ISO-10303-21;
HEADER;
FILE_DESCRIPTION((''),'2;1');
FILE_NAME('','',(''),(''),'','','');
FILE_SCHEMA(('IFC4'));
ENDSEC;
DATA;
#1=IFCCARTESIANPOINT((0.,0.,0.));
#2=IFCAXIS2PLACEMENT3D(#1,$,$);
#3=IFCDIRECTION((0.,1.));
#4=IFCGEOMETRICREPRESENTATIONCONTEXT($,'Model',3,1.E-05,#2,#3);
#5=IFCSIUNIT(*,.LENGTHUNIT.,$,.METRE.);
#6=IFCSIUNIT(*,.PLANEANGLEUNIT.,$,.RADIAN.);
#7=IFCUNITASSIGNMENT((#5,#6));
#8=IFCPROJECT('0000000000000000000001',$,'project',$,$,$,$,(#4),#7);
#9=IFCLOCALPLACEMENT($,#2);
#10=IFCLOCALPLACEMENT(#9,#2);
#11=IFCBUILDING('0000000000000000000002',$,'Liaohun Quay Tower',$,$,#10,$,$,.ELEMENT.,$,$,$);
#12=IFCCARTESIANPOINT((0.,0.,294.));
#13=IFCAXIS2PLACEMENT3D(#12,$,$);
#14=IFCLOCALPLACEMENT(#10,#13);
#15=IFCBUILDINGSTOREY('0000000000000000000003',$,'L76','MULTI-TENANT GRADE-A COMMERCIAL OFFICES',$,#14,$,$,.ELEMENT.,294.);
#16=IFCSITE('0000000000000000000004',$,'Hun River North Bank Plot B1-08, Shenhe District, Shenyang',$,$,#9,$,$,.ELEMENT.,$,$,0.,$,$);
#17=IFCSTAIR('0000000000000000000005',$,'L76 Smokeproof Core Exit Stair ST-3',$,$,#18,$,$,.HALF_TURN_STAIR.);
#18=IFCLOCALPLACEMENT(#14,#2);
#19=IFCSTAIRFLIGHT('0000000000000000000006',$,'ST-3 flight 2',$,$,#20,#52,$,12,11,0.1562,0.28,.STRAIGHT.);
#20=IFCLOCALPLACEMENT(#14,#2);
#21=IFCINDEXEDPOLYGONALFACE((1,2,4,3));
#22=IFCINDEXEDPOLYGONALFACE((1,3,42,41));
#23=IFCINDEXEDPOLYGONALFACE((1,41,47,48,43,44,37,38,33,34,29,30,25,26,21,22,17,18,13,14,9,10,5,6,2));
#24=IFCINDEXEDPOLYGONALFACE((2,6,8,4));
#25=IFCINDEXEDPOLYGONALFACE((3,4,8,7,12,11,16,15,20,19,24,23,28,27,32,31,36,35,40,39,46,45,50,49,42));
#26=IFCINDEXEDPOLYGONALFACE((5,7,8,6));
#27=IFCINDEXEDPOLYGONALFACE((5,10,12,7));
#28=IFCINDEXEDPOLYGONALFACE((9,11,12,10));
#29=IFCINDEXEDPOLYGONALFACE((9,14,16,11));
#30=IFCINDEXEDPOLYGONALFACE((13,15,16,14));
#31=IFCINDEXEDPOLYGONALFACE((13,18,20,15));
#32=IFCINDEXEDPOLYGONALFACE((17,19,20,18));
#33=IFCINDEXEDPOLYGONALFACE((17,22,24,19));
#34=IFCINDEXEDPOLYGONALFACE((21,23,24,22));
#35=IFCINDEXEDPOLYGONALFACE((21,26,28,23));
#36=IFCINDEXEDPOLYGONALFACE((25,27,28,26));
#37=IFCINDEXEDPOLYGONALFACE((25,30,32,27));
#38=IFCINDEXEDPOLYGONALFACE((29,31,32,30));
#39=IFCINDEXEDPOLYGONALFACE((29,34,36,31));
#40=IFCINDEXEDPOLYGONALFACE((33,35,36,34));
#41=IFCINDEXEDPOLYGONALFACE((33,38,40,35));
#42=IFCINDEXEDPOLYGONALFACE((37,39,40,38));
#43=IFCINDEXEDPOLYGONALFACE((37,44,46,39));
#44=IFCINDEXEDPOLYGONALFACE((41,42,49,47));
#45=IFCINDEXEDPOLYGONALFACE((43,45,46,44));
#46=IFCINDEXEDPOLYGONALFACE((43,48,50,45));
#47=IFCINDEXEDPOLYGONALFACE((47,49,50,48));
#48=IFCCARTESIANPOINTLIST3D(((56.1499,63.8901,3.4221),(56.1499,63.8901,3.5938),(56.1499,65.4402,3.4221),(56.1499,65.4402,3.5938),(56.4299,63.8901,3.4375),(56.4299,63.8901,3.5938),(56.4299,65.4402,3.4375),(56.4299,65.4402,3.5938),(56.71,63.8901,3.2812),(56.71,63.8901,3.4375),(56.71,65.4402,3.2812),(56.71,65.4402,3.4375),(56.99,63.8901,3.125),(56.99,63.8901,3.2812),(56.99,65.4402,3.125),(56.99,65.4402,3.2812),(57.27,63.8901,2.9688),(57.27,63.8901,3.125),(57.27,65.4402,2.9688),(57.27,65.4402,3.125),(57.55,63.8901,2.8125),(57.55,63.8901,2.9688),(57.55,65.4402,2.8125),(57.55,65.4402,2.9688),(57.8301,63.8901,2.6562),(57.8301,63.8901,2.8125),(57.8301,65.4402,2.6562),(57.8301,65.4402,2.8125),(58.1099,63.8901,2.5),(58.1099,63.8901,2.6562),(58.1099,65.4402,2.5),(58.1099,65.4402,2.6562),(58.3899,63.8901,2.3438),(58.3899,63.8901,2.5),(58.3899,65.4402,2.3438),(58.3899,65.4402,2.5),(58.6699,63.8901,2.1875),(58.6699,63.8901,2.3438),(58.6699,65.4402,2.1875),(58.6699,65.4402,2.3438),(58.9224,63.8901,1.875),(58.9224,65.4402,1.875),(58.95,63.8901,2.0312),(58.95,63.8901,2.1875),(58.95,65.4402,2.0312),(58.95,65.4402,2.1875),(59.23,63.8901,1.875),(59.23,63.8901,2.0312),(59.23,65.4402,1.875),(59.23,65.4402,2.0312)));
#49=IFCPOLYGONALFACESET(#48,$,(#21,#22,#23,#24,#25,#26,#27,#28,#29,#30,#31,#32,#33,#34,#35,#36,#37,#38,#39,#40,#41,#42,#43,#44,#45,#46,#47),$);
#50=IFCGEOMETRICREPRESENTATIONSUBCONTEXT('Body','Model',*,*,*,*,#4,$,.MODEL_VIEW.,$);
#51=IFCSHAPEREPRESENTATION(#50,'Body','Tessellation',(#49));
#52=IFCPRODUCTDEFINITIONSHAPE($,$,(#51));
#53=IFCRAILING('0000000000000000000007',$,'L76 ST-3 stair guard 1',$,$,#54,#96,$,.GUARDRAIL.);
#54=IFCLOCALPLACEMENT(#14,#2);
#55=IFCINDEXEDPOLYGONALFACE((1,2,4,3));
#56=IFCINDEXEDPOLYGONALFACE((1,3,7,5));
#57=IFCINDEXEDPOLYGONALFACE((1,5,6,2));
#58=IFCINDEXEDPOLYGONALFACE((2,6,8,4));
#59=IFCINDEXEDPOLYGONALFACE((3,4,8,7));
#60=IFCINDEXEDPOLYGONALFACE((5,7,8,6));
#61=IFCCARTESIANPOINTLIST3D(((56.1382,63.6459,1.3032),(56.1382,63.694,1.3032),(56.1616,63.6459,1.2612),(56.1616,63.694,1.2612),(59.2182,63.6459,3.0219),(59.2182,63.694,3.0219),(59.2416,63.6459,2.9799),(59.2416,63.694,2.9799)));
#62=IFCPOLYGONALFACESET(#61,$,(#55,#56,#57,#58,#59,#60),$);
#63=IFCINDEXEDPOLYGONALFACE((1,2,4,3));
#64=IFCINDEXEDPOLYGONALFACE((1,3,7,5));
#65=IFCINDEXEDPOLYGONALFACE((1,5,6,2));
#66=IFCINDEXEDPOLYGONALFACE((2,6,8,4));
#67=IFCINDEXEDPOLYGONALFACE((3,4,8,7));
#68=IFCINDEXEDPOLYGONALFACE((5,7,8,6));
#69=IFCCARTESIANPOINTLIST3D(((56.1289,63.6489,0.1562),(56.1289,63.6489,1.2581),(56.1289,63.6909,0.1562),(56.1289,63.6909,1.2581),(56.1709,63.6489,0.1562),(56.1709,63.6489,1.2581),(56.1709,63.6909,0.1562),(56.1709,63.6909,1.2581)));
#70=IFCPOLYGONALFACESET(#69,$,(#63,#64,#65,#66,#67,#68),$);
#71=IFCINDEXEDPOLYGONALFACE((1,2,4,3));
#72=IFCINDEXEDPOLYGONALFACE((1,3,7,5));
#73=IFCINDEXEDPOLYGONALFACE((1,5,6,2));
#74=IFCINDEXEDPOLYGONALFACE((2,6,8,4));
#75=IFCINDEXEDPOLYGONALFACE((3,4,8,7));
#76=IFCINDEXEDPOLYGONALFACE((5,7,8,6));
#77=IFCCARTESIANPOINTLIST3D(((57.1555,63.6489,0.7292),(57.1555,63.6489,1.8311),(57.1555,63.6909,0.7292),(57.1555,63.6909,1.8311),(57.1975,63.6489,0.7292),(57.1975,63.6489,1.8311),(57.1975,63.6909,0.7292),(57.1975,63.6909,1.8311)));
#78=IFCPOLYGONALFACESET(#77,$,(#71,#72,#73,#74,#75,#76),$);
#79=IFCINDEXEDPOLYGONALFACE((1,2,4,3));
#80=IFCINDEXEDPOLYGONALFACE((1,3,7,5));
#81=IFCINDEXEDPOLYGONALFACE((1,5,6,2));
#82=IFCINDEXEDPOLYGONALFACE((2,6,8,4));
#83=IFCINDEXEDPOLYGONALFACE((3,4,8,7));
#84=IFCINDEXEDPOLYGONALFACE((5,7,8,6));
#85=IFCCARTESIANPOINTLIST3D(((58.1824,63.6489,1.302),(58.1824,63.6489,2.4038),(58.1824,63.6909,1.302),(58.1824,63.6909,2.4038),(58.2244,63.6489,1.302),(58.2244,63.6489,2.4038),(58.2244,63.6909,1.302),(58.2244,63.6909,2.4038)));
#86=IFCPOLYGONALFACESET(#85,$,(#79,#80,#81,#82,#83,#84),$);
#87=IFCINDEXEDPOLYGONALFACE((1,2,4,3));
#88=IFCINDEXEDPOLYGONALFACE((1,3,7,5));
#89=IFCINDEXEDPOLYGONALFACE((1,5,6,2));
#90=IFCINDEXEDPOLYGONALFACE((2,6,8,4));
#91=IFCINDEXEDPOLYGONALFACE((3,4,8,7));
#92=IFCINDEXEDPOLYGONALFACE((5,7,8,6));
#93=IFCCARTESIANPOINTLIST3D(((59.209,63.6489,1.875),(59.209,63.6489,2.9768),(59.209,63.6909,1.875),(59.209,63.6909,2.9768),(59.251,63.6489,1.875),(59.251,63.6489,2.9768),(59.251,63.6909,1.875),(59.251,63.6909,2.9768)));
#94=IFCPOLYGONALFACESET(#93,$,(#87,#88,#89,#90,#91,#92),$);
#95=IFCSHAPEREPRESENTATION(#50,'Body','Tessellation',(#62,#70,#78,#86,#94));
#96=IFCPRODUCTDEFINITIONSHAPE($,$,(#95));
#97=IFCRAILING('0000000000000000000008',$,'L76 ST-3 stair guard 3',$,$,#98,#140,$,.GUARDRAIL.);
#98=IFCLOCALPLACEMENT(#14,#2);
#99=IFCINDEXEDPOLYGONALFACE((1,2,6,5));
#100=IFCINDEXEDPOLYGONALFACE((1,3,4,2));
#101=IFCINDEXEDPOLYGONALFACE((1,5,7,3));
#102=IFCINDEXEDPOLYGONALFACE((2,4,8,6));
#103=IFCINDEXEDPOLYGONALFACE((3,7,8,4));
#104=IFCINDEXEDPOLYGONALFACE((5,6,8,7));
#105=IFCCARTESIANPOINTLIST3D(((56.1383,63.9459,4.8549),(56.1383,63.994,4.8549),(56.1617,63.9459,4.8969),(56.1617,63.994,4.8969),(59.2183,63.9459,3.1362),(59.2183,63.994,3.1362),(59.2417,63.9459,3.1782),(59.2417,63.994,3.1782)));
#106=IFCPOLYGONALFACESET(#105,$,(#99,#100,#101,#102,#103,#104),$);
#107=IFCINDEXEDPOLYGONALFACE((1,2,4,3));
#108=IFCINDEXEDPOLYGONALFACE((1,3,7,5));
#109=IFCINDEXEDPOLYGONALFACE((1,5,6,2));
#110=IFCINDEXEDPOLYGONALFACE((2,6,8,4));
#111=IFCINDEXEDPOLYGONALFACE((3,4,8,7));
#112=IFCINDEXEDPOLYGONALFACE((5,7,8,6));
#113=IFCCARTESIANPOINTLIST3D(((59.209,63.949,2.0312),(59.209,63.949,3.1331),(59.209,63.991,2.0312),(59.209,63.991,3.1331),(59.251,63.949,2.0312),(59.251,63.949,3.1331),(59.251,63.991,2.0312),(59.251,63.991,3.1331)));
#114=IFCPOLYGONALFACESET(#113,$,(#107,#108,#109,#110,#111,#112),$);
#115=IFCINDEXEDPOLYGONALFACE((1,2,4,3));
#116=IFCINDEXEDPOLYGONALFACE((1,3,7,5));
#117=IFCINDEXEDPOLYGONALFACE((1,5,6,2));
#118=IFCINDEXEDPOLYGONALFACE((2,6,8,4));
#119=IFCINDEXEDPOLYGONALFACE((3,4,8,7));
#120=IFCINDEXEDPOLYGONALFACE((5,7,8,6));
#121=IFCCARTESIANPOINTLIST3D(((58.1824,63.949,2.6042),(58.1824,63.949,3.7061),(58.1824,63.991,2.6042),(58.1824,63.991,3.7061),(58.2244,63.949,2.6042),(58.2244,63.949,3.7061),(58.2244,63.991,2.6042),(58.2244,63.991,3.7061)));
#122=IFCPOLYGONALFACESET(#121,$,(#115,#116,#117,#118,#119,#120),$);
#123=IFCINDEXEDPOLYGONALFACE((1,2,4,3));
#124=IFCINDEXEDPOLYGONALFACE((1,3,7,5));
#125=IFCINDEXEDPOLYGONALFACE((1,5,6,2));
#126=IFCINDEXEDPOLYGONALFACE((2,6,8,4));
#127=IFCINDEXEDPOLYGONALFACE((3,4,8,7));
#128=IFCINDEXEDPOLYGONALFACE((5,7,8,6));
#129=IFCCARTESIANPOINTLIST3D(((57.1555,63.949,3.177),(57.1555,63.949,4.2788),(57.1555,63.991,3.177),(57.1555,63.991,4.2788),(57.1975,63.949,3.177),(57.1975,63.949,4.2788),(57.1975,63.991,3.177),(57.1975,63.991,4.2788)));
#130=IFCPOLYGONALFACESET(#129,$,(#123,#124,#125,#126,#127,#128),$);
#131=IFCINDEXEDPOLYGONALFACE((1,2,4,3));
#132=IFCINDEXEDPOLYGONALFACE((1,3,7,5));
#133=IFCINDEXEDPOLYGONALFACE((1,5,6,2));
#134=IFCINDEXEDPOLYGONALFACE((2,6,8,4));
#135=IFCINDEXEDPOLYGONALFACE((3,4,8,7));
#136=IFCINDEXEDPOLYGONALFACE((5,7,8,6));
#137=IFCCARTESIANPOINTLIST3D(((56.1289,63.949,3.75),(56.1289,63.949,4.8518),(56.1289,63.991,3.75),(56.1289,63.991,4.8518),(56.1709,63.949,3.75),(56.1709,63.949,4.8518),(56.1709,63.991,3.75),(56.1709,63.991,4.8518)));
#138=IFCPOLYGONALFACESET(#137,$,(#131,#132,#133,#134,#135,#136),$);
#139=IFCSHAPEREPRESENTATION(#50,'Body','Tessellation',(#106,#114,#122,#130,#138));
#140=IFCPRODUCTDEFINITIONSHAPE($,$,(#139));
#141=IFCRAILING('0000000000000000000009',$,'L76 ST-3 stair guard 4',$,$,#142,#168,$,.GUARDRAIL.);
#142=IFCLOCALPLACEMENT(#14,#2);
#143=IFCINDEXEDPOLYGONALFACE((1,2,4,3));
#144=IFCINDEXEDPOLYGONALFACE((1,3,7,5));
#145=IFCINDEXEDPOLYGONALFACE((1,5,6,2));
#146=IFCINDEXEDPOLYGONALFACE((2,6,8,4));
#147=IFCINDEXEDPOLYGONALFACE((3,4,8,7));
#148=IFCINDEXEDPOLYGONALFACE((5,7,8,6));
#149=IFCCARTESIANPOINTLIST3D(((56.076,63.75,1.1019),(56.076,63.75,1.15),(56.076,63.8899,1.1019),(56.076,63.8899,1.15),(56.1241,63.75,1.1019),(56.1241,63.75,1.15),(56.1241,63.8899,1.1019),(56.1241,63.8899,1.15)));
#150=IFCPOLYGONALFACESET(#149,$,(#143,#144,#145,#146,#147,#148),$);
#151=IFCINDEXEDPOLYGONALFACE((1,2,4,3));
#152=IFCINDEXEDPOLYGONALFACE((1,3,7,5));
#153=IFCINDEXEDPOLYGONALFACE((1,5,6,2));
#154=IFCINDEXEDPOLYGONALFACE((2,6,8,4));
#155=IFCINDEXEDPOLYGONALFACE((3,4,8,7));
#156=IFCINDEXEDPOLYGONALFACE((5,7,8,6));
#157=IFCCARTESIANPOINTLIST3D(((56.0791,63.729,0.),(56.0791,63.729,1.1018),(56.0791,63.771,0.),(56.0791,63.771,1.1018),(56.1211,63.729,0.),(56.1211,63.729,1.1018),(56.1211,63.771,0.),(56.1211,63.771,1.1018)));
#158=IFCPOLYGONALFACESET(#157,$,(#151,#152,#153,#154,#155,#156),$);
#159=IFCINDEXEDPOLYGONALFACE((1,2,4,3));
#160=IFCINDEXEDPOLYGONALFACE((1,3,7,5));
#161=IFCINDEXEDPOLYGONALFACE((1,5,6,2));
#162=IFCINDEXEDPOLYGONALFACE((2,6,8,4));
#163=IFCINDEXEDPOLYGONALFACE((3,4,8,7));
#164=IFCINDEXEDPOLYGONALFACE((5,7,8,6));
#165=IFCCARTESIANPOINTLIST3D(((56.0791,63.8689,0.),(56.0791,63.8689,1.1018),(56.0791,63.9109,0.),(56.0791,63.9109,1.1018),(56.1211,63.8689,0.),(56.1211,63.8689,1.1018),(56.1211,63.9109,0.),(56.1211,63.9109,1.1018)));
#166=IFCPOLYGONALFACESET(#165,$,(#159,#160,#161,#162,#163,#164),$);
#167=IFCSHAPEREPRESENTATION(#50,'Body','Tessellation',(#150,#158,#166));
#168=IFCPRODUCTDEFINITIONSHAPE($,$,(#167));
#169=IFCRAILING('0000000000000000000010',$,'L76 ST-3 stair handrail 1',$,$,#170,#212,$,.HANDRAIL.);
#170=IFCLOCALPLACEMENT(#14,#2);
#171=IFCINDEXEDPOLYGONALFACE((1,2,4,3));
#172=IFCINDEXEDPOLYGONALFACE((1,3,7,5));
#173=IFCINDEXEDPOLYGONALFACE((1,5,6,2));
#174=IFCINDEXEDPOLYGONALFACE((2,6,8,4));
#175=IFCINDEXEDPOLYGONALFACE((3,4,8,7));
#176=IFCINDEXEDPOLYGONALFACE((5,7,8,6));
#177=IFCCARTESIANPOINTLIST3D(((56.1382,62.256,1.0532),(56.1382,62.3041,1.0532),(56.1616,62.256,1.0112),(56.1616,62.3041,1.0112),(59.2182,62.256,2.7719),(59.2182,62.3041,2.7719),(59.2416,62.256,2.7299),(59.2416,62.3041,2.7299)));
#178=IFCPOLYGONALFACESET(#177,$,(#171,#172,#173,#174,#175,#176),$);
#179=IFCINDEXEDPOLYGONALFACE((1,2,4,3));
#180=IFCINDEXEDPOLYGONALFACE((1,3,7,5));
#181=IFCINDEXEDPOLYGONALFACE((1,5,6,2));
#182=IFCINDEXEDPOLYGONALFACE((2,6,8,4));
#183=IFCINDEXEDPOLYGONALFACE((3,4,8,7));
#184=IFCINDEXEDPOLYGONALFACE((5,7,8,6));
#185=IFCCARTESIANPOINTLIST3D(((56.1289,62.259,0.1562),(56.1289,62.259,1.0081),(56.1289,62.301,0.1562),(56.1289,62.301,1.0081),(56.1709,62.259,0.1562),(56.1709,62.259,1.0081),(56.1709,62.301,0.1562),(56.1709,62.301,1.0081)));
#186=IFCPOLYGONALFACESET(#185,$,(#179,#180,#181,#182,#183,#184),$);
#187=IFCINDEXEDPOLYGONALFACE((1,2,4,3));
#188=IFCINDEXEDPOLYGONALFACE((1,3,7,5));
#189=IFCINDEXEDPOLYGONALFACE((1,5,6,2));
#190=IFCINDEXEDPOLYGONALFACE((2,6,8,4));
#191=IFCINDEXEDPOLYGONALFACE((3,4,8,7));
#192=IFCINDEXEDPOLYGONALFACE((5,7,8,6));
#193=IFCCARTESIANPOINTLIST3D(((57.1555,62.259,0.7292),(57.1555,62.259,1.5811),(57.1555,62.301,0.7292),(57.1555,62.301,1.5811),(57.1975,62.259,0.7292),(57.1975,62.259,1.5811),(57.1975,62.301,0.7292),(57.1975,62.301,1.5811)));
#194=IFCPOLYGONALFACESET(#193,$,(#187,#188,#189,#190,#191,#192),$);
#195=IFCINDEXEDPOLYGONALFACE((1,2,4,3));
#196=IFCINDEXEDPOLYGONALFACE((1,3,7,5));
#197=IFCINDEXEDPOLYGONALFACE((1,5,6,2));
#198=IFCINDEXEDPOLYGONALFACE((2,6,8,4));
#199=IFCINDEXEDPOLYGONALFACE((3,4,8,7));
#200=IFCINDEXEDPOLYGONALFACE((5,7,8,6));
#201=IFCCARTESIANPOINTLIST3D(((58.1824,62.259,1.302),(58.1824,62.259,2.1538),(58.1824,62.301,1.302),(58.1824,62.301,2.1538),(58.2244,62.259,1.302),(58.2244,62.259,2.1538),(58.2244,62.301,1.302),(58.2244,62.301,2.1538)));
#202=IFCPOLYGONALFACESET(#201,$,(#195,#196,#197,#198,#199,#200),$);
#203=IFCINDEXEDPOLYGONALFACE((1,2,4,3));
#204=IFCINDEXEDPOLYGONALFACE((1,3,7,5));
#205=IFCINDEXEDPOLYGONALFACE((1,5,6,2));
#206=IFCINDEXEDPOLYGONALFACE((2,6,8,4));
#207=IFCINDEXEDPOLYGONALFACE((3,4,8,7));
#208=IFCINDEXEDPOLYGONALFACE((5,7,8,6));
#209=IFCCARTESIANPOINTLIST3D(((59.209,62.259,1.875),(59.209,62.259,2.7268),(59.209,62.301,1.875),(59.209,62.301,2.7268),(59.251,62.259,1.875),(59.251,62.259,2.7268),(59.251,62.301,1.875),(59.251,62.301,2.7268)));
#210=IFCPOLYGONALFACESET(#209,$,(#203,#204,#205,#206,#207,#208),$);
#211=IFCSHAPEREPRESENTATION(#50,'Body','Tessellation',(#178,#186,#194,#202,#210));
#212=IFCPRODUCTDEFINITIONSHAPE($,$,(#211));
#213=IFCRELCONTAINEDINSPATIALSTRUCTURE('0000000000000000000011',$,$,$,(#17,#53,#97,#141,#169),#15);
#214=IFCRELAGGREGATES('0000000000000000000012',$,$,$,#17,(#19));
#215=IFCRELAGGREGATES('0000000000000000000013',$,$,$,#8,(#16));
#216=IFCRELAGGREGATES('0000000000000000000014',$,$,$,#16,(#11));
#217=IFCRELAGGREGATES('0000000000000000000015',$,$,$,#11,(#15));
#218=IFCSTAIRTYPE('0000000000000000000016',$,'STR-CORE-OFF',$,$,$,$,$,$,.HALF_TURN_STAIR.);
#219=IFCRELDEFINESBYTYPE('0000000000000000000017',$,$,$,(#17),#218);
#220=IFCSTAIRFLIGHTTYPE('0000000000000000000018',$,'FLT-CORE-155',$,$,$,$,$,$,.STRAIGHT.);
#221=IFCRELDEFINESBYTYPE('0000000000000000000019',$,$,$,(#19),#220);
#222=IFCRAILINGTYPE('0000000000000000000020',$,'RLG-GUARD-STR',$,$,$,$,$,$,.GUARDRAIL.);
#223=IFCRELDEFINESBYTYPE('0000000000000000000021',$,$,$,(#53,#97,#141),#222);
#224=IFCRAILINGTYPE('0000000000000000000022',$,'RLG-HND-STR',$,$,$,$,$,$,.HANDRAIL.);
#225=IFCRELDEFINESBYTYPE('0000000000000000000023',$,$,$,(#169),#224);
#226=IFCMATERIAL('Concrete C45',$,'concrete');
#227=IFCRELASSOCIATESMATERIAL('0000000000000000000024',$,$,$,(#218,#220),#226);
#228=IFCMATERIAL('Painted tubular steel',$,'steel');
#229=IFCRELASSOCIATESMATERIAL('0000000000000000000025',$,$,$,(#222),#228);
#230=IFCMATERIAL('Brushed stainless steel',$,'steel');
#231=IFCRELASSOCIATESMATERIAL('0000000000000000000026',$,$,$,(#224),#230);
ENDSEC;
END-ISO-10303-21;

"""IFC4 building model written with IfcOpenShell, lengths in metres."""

from ifc_helpers import new_model, si_unit, direction, frame, origin, origin_2d, place, context, subcontext, project, spatial, polyline, rectangle, outline, extrude, material, type_object, element, aggregate, save


model = new_model("IFC4")

# Units and contexts
model_context = context("Model", 3, precision=1e-05, world=origin(), true_north=direction((0.0, 1.0)))
body_context = subcontext(model_context, "Body", "Model", "MODEL_VIEW")
ifc_project = project(units=[si_unit("LENGTHUNIT", "METRE"), si_unit("PLANEANGLEUNIT", "RADIAN")], contexts=[model_context])

# Site, building, storey
site_placement = place(None, origin())
site = spatial("IfcSite", under=ifc_project, at=site_placement, Name="Hun River North Bank Plot B1-08, Shenhe District, Shenyang", CompositionType="ELEMENT", RefElevation=0.0)
building_placement = place(site_placement, origin())
building = spatial("IfcBuilding", under=site, at=building_placement, Name="Liaohun Quay Tower", CompositionType="ELEMENT")
storey_placement = place(building_placement, frame((0.0, 0.0, 294.0)))
storey = spatial("IfcBuildingStorey", under=building, at=storey_placement, Name="L76", Description="MULTI-TENANT GRADE-A COMMERCIAL OFFICES", CompositionType="ELEMENT", Elevation=294.0)

# Stair, stair flight
ifc_material_1 = material(Name="Concrete C45", Category="concrete")
stair_type = type_object("IfcStairType", Name="STR-CORE-OFF", PredefinedType="HALF_TURN_STAIR", material=ifc_material_1)
stair_placement = place(storey_placement, origin())
stair = element("IfcStair", 1, at=stair_placement, inside=storey, type_object=stair_type, Name="L76 Smokeproof Core Exit Stair ST-3", PredefinedType="HALF_TURN_STAIR")
stair_flight_type = type_object("IfcStairFlightType", Name="FLT-CORE-155", PredefinedType="STRAIGHT", material=ifc_material_1)
stair_flight_1_placement = place(storey_placement, frame((59.23, 64.665, 1.875), z_axis=(0.0, 0.0, 1.0), x_axis=(-1.0, 0.0, 0.0)))
stair_flight_1 = element("IfcStairFlight", 2, at=stair_flight_1_placement, type_object=stair_flight_type, Name="ST-3 flight 2", NumberOfRisers=12, NumberOfTreads=11, PredefinedType="STRAIGHT", RiserHeight=0.1562, TreadLength=0.28, context=body_context, shape_type="SweptSolid", body=[
    extrude(outline(polyline([(0.0, 0.0), (0.0, 0.1562), (0.28, 0.1562), (0.28, 0.3125), (0.5601, 0.3125), (0.5601, 0.4688), (0.8401, 0.4688), (0.8401, 0.625), (1.1201, 0.625), (1.1201, 0.7812), (1.3999, 0.7812), (1.3999, 0.9375), (1.6799, 0.9375), (1.6799, 1.0938), (1.96, 1.0938), (1.96, 1.25), (2.24, 1.25), (2.24, 1.4062), (2.52, 1.4062), (2.52, 1.5625), (2.8, 1.5625), (2.8, 1.7188), (3.0801, 1.7188), (3.0801, 1.875), (3.0801, 1.5471), (0.3076, 0.0), (0.0, 0.0)])), frame((0.0, 0.7749, 0.0), z_axis=(0.0, -1.0, 0.0), x_axis=(1.0, 0.0, 0.0)), (0.0, 0.0, 1.0), 1.55),
])
aggregate(stair, [stair_flight_1])

# Railings
ifc_material_2 = material(Name="Painted tubular steel", Category="steel")
railing_type_1 = type_object("IfcRailingType", Name="RLG-GUARD-STR", PredefinedType="GUARDRAIL", material=ifc_material_2)
railing_1_placement = place(storey_placement, frame((56.1499, 63.6699, 0.1562)))
element("IfcRailing", 3, at=railing_1_placement, inside=storey, type_object=railing_type_1, Name="L76 ST-3 stair guard 1", PredefinedType="GUARDRAIL", context=body_context, shape_type="SweptSolid", body=[
    extrude(rectangle(XDim=0.0481, YDim=0.0481, at=origin_2d()), frame((0.0, 0.0, 1.126), z_axis=(0.873242, 0.0, 0.487288), x_axis=(0.0, 1.0, 0.0)), (0.0, 0.0, 1.0), 3.5271),
    extrude(rectangle(XDim=0.042, YDim=0.042, at=origin_2d()), origin(), (0.0, 0.0, 1.0), 1.1018),
    extrude(rectangle(XDim=0.042, YDim=0.042, at=origin_2d()), frame((1.0266, 0.0, 0.573)), (0.0, 0.0, 1.0), 1.1018),
    extrude(rectangle(XDim=0.042, YDim=0.042, at=origin_2d()), frame((2.0535, 0.0, 1.1458)), (0.0, 0.0, 1.0), 1.1018),
    extrude(rectangle(XDim=0.042, YDim=0.042, at=origin_2d()), frame((3.0801, 0.0, 1.7188)), (0.0, 0.0, 1.0), 1.1018),
])
railing_2_placement = place(storey_placement, frame((59.23, 63.97, 2.0312)))
element("IfcRailing", 4, at=railing_2_placement, inside=storey, type_object=railing_type_1, Name="L76 ST-3 stair guard 3", PredefinedType="GUARDRAIL", context=body_context, shape_type="SweptSolid", body=[
    extrude(rectangle(XDim=0.0481, YDim=0.0481, at=origin_2d()), frame((0.0, 0.0, 1.126), z_axis=(-0.873242, 0.0, 0.487288), x_axis=(0.0, -1.0, 0.0)), (0.0, 0.0, 1.0), 3.5271),
    extrude(rectangle(XDim=0.042, YDim=0.042, at=origin_2d()), origin(), (0.0, 0.0, 1.0), 1.1018),
    extrude(rectangle(XDim=0.042, YDim=0.042, at=origin_2d()), frame((-1.0266, 0.0, 0.573)), (0.0, 0.0, 1.0), 1.1018),
    extrude(rectangle(XDim=0.042, YDim=0.042, at=origin_2d()), frame((-2.0535, 0.0, 1.1458)), (0.0, 0.0, 1.0), 1.1018),
    extrude(rectangle(XDim=0.042, YDim=0.042, at=origin_2d()), frame((-3.0801, 0.0, 1.7188)), (0.0, 0.0, 1.0), 1.1018),
])
railing_3_placement = place(storey_placement, frame((56.1001, 63.75, 0.0)))
element("IfcRailing", 5, at=railing_3_placement, inside=storey, type_object=railing_type_1, Name="L76 ST-3 stair guard 4", PredefinedType="GUARDRAIL", context=body_context, shape_type="SweptSolid", body=[
    extrude(rectangle(XDim=0.0481, YDim=0.0481, at=origin_2d()), frame((0.0, 0.0, 1.126), z_axis=(0.0, 1.0, 0.0), x_axis=(-1.0, 0.0, 0.0)), (0.0, 0.0, 1.0), 0.1399),
    extrude(rectangle(XDim=0.042, YDim=0.042, at=origin_2d()), origin(), (0.0, 0.0, 1.0), 1.1018),
    extrude(rectangle(XDim=0.042, YDim=0.042, at=origin_2d()), frame((0.0, 0.1399, 0.0)), (0.0, 0.0, 1.0), 1.1018),
])
ifc_material_3 = material(Name="Brushed stainless steel", Category="steel")
railing_type_2 = type_object("IfcRailingType", Name="RLG-HND-STR", PredefinedType="HANDRAIL", material=ifc_material_3)
railing_4_placement = place(storey_placement, frame((56.1499, 62.28, 0.1562)))
element("IfcRailing", 6, at=railing_4_placement, inside=storey, type_object=railing_type_2, Name="L76 ST-3 stair handrail 1", PredefinedType="HANDRAIL", context=body_context, shape_type="SweptSolid", body=[
    extrude(rectangle(XDim=0.0481, YDim=0.0481, at=origin_2d()), frame((0.0, 0.0, 0.876), z_axis=(0.873242, 0.0, 0.487288), x_axis=(0.0, 1.0, 0.0)), (0.0, 0.0, 1.0), 3.5271),
    extrude(rectangle(XDim=0.042, YDim=0.042, at=origin_2d()), origin(), (0.0, 0.0, 1.0), 0.8518),
    extrude(rectangle(XDim=0.042, YDim=0.042, at=origin_2d()), frame((1.0266, 0.0, 0.573)), (0.0, 0.0, 1.0), 0.8518),
    extrude(rectangle(XDim=0.042, YDim=0.042, at=origin_2d()), frame((2.0535, 0.0, 1.1458)), (0.0, 0.0, 1.0), 0.8518),
    extrude(rectangle(XDim=0.042, YDim=0.042, at=origin_2d()), frame((3.0801, 0.0, 1.7188)), (0.0, 0.0, 1.0), 0.8518),
])

save(model, "model.ifc")
